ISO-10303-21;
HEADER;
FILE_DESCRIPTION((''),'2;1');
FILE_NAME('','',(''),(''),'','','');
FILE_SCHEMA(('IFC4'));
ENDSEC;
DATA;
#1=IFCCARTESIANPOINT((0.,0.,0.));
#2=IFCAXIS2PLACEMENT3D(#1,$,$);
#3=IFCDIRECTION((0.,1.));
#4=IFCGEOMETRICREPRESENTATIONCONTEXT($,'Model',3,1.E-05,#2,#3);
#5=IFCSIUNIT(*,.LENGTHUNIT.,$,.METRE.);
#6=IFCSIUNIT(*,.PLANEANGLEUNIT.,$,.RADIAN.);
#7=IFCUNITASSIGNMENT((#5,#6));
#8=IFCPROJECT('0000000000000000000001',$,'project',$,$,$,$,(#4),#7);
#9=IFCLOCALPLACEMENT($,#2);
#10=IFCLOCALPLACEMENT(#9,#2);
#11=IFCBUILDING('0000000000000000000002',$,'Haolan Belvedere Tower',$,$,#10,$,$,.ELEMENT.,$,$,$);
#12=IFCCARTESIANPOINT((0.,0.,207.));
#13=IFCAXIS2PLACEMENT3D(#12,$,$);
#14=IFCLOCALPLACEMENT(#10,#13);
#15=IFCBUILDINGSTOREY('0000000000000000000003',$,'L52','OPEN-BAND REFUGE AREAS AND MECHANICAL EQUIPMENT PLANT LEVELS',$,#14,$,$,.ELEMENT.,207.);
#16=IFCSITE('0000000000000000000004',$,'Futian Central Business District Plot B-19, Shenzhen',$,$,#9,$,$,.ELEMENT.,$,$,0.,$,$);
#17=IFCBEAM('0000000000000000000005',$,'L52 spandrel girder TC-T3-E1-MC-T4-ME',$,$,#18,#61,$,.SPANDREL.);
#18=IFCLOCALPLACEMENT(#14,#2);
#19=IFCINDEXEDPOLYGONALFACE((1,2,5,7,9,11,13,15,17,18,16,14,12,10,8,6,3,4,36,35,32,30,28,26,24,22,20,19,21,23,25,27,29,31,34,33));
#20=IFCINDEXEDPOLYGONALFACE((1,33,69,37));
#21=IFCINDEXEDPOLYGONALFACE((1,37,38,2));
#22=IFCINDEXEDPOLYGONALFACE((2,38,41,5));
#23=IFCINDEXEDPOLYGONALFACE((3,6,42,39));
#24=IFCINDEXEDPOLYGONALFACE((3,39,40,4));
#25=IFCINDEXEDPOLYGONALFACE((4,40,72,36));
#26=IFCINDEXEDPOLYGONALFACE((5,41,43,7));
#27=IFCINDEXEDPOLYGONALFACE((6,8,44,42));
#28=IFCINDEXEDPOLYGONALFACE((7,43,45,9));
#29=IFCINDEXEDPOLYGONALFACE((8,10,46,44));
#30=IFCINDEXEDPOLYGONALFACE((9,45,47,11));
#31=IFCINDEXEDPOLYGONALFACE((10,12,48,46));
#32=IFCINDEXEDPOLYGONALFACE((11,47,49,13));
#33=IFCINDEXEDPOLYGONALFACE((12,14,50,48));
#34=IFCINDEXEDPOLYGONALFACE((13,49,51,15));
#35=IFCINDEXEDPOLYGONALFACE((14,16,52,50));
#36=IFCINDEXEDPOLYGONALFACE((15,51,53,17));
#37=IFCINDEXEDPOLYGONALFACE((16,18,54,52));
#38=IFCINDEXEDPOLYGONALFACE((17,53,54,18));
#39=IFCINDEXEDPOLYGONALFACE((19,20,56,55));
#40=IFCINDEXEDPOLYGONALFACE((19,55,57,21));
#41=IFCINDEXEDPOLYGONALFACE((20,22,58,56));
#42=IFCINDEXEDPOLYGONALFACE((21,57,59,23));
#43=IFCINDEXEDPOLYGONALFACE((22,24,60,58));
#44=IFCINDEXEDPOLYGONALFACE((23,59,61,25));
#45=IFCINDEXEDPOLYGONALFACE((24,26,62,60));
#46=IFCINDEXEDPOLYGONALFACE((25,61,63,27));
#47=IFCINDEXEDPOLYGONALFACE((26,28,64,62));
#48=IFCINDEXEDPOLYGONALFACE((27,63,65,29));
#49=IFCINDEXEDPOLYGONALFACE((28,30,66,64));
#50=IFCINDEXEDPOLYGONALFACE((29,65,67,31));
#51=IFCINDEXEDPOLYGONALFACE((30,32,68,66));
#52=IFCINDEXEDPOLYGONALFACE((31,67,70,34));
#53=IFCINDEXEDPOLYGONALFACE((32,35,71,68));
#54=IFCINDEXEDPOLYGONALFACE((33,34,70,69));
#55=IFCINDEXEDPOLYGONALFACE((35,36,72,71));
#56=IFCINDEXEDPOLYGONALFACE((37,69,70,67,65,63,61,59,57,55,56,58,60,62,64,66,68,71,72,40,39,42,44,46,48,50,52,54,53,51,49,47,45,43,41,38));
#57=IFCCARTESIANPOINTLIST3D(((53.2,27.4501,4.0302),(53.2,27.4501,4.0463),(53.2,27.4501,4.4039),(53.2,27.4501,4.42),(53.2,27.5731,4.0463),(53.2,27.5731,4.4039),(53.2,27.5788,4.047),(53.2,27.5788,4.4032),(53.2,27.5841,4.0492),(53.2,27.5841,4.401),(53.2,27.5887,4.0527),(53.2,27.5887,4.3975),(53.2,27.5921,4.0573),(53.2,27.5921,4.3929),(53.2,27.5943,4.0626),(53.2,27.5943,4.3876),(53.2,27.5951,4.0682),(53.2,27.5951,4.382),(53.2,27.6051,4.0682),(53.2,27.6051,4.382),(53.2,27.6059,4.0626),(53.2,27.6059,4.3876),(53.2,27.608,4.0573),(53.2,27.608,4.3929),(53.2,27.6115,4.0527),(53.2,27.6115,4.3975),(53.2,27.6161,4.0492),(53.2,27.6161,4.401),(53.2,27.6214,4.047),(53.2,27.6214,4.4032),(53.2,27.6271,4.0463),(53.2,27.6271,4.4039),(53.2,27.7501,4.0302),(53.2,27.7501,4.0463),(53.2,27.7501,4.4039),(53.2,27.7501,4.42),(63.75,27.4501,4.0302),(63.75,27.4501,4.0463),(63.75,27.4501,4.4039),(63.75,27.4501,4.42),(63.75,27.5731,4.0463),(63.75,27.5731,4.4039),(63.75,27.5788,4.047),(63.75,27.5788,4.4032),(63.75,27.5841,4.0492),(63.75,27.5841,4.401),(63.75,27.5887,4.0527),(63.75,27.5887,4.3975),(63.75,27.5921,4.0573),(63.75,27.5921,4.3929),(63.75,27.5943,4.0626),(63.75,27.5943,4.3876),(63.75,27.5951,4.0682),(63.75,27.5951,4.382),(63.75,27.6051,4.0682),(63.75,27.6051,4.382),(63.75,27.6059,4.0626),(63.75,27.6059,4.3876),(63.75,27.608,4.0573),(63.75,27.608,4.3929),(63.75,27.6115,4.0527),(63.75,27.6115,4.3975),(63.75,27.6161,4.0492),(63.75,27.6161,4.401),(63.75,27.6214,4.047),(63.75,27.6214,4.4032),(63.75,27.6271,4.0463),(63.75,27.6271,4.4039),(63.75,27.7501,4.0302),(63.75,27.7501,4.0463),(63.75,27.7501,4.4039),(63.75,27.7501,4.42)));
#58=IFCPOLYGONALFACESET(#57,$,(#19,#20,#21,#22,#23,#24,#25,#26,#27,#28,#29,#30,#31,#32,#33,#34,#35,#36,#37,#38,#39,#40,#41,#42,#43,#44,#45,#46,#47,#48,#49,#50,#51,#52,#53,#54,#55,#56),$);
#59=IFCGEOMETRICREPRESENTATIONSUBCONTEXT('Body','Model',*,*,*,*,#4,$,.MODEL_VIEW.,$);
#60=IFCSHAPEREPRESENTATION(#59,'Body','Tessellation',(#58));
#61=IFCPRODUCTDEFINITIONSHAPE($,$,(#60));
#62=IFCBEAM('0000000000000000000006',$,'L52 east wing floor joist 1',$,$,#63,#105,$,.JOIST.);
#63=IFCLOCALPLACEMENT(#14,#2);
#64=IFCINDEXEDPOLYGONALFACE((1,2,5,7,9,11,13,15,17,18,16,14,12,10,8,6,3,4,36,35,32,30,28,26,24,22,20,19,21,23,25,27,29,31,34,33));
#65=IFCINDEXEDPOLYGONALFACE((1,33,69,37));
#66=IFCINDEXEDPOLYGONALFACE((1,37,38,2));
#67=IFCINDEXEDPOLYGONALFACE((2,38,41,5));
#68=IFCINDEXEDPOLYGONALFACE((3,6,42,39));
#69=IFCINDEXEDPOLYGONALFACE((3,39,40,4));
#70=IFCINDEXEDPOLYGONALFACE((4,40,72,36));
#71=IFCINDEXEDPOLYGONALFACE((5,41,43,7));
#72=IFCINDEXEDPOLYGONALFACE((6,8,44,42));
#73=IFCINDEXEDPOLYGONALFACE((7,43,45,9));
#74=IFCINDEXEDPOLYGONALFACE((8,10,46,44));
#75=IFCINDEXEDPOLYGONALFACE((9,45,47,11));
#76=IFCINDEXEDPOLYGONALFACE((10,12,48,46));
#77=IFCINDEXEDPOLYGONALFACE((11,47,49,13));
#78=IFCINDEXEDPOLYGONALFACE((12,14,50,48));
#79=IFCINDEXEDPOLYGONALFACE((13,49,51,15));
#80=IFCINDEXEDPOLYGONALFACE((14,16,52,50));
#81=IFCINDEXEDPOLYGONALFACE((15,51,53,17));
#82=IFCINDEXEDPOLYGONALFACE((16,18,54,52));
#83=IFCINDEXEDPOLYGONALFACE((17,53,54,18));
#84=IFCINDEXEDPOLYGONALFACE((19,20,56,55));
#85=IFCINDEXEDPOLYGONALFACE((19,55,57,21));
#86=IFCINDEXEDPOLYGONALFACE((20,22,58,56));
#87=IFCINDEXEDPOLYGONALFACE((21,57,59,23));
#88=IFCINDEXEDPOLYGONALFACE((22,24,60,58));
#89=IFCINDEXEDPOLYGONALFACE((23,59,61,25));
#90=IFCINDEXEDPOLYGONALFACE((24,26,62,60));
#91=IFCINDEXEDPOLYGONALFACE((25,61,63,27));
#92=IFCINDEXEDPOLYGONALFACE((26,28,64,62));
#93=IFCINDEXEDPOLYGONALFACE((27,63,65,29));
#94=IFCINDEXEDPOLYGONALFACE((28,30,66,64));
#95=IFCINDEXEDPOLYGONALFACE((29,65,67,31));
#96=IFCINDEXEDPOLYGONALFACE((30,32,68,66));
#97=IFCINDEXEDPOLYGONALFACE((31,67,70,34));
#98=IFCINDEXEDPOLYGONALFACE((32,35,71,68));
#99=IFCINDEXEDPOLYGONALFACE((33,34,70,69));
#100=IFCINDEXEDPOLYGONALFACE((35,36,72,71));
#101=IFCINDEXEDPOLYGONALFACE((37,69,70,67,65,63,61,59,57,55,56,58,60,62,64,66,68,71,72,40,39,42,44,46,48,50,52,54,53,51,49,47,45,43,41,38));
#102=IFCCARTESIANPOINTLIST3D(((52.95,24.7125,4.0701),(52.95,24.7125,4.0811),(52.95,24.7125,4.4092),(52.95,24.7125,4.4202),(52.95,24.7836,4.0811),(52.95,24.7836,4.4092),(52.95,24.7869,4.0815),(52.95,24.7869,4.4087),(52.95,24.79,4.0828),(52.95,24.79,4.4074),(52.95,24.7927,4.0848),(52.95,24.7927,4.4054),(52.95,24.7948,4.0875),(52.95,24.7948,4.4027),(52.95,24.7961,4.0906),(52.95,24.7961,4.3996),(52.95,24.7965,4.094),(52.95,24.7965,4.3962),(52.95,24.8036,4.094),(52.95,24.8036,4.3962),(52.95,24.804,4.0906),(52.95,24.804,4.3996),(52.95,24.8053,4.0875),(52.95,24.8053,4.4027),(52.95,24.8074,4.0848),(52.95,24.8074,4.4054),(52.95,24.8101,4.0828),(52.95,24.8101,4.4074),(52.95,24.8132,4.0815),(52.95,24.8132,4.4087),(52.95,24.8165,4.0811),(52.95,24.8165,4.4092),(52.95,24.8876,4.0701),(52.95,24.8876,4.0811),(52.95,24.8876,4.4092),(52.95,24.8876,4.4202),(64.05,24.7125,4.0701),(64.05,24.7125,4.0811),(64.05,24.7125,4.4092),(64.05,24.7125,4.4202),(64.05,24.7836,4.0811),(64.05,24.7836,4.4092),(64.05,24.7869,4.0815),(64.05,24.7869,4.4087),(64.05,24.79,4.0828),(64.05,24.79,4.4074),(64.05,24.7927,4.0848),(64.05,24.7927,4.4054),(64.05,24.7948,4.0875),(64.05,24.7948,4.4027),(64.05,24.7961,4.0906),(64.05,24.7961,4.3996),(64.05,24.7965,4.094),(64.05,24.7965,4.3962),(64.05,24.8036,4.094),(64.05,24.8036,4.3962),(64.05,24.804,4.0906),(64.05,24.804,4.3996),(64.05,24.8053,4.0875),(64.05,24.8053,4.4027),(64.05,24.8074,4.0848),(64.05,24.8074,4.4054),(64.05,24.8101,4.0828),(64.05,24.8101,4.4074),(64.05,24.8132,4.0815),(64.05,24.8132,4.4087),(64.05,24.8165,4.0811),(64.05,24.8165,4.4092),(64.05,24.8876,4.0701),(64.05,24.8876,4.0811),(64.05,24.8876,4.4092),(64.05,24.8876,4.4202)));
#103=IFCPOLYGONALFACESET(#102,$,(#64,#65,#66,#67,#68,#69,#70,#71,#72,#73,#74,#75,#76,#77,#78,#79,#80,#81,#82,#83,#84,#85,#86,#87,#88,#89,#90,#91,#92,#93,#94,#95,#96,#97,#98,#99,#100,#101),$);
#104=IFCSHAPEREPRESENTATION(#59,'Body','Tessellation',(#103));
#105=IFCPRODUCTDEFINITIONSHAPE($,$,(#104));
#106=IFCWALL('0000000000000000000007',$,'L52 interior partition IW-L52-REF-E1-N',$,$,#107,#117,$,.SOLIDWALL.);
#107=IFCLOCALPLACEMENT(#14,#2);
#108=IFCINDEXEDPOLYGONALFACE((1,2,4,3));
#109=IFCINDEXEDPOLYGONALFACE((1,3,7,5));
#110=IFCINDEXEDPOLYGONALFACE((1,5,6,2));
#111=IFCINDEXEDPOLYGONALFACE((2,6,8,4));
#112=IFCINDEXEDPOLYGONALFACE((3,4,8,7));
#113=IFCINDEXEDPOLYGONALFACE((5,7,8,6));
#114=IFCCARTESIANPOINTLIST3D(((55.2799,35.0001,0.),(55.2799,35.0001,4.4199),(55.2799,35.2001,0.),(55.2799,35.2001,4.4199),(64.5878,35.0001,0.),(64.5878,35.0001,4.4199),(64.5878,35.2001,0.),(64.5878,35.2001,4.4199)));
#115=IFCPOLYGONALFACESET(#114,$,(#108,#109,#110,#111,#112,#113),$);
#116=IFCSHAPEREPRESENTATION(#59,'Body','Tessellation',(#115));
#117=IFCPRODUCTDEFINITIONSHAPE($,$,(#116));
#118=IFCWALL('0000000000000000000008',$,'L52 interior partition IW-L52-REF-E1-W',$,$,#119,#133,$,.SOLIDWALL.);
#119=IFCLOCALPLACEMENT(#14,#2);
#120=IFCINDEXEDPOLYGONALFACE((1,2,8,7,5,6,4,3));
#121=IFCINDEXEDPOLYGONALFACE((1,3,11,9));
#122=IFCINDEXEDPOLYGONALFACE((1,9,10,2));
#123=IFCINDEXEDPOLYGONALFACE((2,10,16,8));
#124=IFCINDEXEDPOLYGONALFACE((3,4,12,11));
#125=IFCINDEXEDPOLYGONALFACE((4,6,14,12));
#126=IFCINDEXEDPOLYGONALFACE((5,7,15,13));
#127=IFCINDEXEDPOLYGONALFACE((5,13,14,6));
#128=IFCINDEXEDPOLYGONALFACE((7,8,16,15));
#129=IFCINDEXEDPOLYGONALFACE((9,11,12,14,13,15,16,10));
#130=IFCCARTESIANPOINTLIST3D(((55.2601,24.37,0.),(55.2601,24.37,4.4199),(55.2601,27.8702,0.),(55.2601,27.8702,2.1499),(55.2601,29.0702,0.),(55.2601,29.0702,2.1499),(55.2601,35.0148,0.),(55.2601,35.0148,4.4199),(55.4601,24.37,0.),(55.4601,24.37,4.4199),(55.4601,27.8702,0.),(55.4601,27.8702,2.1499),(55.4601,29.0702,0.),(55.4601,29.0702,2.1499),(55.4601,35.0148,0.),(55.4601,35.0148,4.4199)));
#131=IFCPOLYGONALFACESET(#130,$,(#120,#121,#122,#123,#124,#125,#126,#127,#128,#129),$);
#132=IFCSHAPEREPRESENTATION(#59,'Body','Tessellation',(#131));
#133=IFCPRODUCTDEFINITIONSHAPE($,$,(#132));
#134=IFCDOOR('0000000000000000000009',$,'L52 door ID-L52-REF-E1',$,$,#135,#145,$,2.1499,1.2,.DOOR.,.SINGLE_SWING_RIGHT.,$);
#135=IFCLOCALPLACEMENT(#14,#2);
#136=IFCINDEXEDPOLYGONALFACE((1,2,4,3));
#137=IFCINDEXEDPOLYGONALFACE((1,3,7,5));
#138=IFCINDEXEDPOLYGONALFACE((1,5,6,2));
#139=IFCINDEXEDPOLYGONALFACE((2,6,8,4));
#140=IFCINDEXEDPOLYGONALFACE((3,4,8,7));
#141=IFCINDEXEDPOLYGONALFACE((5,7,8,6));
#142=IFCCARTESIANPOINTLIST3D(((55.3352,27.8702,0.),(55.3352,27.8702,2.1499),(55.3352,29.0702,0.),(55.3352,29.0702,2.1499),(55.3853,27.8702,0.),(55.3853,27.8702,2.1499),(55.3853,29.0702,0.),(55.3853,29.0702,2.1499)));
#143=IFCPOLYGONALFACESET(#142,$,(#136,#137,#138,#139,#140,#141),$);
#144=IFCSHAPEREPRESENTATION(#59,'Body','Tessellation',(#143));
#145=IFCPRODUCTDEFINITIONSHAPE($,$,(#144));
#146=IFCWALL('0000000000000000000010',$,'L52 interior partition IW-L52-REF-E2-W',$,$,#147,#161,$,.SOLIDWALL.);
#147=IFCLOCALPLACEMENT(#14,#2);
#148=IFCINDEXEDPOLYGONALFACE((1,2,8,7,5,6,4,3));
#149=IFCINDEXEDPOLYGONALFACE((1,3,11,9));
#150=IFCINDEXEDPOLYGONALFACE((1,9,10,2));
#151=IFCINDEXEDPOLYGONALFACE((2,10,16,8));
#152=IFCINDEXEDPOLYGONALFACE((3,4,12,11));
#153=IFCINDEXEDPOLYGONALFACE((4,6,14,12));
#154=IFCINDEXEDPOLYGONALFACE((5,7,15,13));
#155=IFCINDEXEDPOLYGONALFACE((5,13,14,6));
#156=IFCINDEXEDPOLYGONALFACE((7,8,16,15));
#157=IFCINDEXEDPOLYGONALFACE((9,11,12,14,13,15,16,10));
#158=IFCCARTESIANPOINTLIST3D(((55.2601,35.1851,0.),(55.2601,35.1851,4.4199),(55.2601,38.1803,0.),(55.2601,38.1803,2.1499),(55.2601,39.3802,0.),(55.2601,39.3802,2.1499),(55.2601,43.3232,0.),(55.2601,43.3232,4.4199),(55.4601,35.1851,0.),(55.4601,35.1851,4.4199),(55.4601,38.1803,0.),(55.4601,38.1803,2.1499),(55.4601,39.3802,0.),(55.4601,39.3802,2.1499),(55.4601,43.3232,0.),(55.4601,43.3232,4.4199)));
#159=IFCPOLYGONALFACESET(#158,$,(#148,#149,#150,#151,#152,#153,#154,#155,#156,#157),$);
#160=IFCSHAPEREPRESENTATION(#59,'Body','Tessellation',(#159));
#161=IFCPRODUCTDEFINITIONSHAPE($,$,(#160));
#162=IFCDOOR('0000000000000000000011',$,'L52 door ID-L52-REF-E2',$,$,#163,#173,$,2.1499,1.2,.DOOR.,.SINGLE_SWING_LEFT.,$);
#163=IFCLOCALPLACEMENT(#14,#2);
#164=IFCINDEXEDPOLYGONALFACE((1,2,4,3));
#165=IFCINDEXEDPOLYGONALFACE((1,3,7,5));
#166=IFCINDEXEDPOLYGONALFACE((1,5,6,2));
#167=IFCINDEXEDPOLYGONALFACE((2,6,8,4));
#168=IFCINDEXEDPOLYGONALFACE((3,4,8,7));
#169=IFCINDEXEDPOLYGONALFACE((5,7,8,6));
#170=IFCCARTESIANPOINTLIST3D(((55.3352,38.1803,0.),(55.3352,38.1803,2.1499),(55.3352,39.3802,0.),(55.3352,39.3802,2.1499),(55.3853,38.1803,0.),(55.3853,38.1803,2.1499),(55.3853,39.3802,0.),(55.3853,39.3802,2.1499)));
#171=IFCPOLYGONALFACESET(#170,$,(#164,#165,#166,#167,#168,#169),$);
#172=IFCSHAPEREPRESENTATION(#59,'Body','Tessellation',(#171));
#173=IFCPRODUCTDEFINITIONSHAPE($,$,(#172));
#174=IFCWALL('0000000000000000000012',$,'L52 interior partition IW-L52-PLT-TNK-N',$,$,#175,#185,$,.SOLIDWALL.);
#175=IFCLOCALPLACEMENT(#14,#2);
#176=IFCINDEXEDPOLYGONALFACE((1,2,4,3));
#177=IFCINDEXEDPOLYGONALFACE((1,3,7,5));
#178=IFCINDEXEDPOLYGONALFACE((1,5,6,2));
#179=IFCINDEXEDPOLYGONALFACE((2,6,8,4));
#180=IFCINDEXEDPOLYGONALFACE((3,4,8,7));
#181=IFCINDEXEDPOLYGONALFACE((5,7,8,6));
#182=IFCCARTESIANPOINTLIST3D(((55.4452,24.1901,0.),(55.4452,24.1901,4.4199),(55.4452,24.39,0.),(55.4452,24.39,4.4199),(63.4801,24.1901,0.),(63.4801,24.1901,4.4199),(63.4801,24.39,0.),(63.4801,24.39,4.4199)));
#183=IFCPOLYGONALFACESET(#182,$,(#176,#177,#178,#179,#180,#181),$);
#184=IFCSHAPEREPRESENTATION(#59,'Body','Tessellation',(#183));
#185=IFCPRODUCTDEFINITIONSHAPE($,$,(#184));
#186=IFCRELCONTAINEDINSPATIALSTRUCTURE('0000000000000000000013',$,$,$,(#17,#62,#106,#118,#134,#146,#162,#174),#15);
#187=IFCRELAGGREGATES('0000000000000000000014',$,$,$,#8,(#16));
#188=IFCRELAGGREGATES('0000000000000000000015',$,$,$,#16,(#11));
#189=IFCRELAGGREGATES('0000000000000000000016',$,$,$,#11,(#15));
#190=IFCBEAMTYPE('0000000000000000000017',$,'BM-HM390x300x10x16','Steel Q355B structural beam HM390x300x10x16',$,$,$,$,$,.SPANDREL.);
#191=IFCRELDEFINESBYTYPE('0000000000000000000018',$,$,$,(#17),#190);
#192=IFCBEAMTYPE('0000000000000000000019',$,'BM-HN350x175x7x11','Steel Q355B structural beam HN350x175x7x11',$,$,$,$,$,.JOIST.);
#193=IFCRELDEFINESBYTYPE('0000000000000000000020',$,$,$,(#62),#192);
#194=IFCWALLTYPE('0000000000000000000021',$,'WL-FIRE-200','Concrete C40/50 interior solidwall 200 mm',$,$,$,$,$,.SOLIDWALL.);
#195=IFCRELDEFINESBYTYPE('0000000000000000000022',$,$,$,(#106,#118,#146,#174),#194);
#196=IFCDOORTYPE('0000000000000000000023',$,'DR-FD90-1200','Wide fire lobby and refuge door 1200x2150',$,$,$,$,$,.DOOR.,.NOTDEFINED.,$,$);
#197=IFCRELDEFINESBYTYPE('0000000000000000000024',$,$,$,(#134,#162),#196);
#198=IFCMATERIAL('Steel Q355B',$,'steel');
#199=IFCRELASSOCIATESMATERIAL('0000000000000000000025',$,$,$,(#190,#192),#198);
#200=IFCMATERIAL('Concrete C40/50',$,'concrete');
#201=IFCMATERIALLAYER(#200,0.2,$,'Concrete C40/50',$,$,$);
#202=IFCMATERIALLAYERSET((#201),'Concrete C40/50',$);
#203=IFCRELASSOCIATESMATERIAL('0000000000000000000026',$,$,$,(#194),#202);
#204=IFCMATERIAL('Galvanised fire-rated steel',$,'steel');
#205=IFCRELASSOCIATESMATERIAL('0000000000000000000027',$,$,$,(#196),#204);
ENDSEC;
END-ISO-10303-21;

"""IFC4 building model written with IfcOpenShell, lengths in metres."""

from ifc_helpers import new_model, si_unit, direction, frame, frame_2d, origin, origin_2d, place, context, subcontext, project, spatial, rectangle, i_section, extrude, material, layer, layer_set, material_profile, profile_set, type_object, element, fill, save


model = new_model("IFC4")

# Units and contexts
model_context = context("Model", 3, precision=1e-05, world=origin(), true_north=direction((0.0, 1.0)))
body_context = subcontext(model_context, "Body", "Model", "MODEL_VIEW")
ifc_project = project(units=[si_unit("LENGTHUNIT", "METRE"), si_unit("PLANEANGLEUNIT", "RADIAN")], contexts=[model_context])

# Site, building, storey
site_placement = place(None, origin())
site = spatial("IfcSite", under=ifc_project, at=site_placement, Name="Futian Central Business District Plot B-19, Shenzhen", CompositionType="ELEMENT", RefElevation=0.0)
building_placement = place(site_placement, origin())
building = spatial("IfcBuilding", under=site, at=building_placement, Name="Haolan Belvedere Tower", CompositionType="ELEMENT")
storey_placement = place(building_placement, frame((0.0, 0.0, 207.0)))
storey = spatial("IfcBuildingStorey", under=building, at=storey_placement, Name="L52", Description="OPEN-BAND REFUGE AREAS AND MECHANICAL EQUIPMENT PLANT LEVELS", CompositionType="ELEMENT", Elevation=207.0)

# Beams
ifc_material_1 = material(Name="Steel Q355B", Category="steel")
ifc_material_profile_1 = material_profile(ifc_material_1, i_section(OverallWidth=0.3, OverallDepth=0.3899, WebThickness=0.01, FlangeThickness=0.0161, FilletRadius=0.022, at=origin_2d()), Name="Steel Q355B")
ifc_profile_set_1 = profile_set([ifc_material_profile_1], Name="Steel Q355B")
beam_type_1 = type_object("IfcBeamType", Name="BM-HM390x300x10x16", Description="Steel Q355B structural beam HM390x300x10x16", PredefinedType="SPANDREL", material=ifc_profile_set_1)
beam_1_placement = place(storey_placement, frame((53.2, 27.6001, 4.2251), z_axis=(1.0, 0.0, 0.0), x_axis=(0.0, 1.0, 0.0)))
element("IfcBeam", 1, at=beam_1_placement, inside=storey, type_object=beam_type_1, Name="L52 spandrel girder TC-T3-E1-MC-T4-ME", PredefinedType="SPANDREL", context=body_context, shape_type="SweptSolid", body=[
    extrude(i_section(OverallWidth=0.3, OverallDepth=0.3899, WebThickness=0.01, FlangeThickness=0.0161, FilletRadius=0.022, at=origin_2d()), origin(), (0.0, 0.0, 1.0), 10.55),
])
ifc_material_profile_2 = material_profile(ifc_material_1, i_section(OverallWidth=0.175, OverallDepth=0.3501, WebThickness=0.0071, FlangeThickness=0.011, FilletRadius=0.0129, at=origin_2d()), Name="Steel Q355B")
ifc_profile_set_2 = profile_set([ifc_material_profile_2], Name="Steel Q355B")
beam_type_2 = type_object("IfcBeamType", Name="BM-HN350x175x7x11", Description="Steel Q355B structural beam HN350x175x7x11", PredefinedType="JOIST", material=ifc_profile_set_2)
beam_2_placement = place(storey_placement, frame((52.95, 24.8, 4.2451), z_axis=(1.0, 0.0, 0.0), x_axis=(0.0, 1.0, 0.0)))
element("IfcBeam", 2, at=beam_2_placement, inside=storey, type_object=beam_type_2, Name="L52 east wing floor joist 1", PredefinedType="JOIST", context=body_context, shape_type="SweptSolid", body=[
    extrude(i_section(OverallWidth=0.175, OverallDepth=0.3501, WebThickness=0.0071, FlangeThickness=0.011, FilletRadius=0.0129, at=origin_2d()), origin(), (0.0, 0.0, 1.0), 11.1001),
])

# Wall
ifc_material_2 = material(Name="Concrete C40/50", Category="concrete")
ifc_layer_1 = layer(ifc_material_2, 0.2, Name="Concrete C40/50")
ifc_layer_set_1 = layer_set([ifc_layer_1], Name="Concrete C40/50")
wall_type_1 = type_object("IfcWallType", Name="WL-FIRE-200", Description="Concrete C40/50 interior solidwall 200 mm", PredefinedType="SOLIDWALL", material=ifc_layer_set_1)
wall_1_placement = place(storey_placement, frame((55.28, 35.1001, 0.0), z_axis=(0.0, 0.0, 1.0), x_axis=(1.0, 0.0, 0.0)))
element("IfcWall", 3, at=wall_1_placement, inside=storey, type_object=wall_type_1, Name="L52 interior partition IW-L52-REF-E1-N", PredefinedType="SOLIDWALL", context=body_context, shape_type="SweptSolid", body=[
    extrude(rectangle(XDim=9.3079, YDim=0.2, at=frame_2d((4.6538, 0.0))), origin(), (0.0, 0.0, 1.0), 4.4199),
])

# Walls, openings, doors
wall_2_placement = place(storey_placement, frame((55.3601, 24.3701, 0.0), z_axis=(0.0, 0.0, 1.0), x_axis=(0.0, 1.0, 0.0)))
wall_2 = element("IfcWall", 4, at=wall_2_placement, inside=storey, type_object=wall_type_1, Name="L52 interior partition IW-L52-REF-E1-W", PredefinedType="SOLIDWALL", context=body_context, shape_type="SweptSolid", body=[
    extrude(rectangle(XDim=10.6448, YDim=0.2, at=frame_2d((5.3223, 0.0))), origin(), (0.0, 0.0, 1.0), 4.4199),
])
opening_1_placement = place(wall_2_placement, frame((3.5, 0.0, 0.0)))
opening_1 = element("IfcOpeningElement", 5, at=opening_1_placement, cuts=wall_2, PredefinedType="OPENING", context=body_context, shape_type="SweptSolid", body=[
    extrude(rectangle(XDim=1.2, YDim=2.1499, at=frame_2d((0.6001, 1.075))), frame((0.0, 0.1099, 0.0), z_axis=(0.0, -1.0, 0.0), x_axis=(1.0, 0.0, 0.0)), (0.0, 0.0, 1.0), 0.22),
])
ifc_material_3 = material(Name="Galvanised fire-rated steel", Category="steel")
door_type_1 = type_object("IfcDoorType", Name="DR-FD90-1200", Description="Wide fire lobby and refuge door 1200x2150", OperationType="NOTDEFINED", PredefinedType="DOOR", material=ifc_material_3)
door_1_placement = place(opening_1_placement, origin())
door_1 = element("IfcDoor", 6, at=door_1_placement, inside=storey, type_object=door_type_1, Name="L52 door ID-L52-REF-E1", OperationType="SINGLE_SWING_RIGHT", OverallHeight=2.1499, OverallWidth=1.2, PredefinedType="DOOR", context=body_context, shape_type="SweptSolid", body=[
    extrude(rectangle(XDim=1.2, YDim=2.1499, at=frame_2d((0.6001, 1.075))), frame((0.0, 0.0249, 0.0), z_axis=(0.0, -1.0, 0.0), x_axis=(1.0, 0.0, 0.0)), (0.0, 0.0, 1.0), 0.05),
])
fill(opening_1, door_1)
wall_3_placement = place(storey_placement, frame((55.3601, 35.1851, 0.0), z_axis=(0.0, 0.0, 1.0), x_axis=(0.0, 1.0, 0.0)))
wall_3 = element("IfcWall", 7, at=wall_3_placement, inside=storey, type_object=wall_type_1, Name="L52 interior partition IW-L52-REF-E2-W", PredefinedType="SOLIDWALL", context=body_context, shape_type="SweptSolid", body=[
    extrude(rectangle(XDim=8.1382, YDim=0.2, at=frame_2d((4.0691, 0.0))), origin(), (0.0, 0.0, 1.0), 4.4199),
])
opening_2_placement = place(wall_3_placement, frame((2.9951, 0.0, 0.0)))
opening_2 = element("IfcOpeningElement", 8, at=opening_2_placement, cuts=wall_3, PredefinedType="OPENING", context=body_context, shape_type="SweptSolid", body=[
    extrude(rectangle(XDim=1.2, YDim=2.1499, at=frame_2d((0.6001, 1.075))), frame((0.0, 0.1099, 0.0), z_axis=(0.0, -1.0, 0.0), x_axis=(1.0, 0.0, 0.0)), (0.0, 0.0, 1.0), 0.22),
])
door_2_placement = place(opening_2_placement, origin())
door_2 = element("IfcDoor", 9, at=door_2_placement, inside=storey, type_object=door_type_1, Name="L52 door ID-L52-REF-E2", OperationType="SINGLE_SWING_LEFT", OverallHeight=2.1499, OverallWidth=1.2, PredefinedType="DOOR", context=body_context, shape_type="SweptSolid", body=[
    extrude(rectangle(XDim=1.2, YDim=2.1499, at=frame_2d((0.6001, 1.075))), frame((0.0, 0.0249, 0.0), z_axis=(0.0, -1.0, 0.0), x_axis=(1.0, 0.0, 0.0)), (0.0, 0.0, 1.0), 0.05),
])
fill(opening_2, door_2)

# Wall
wall_4_placement = place(storey_placement, frame((55.4451, 24.29, 0.0), z_axis=(0.0, 0.0, 1.0), x_axis=(1.0, 0.0, 0.0)))
element("IfcWall", 10, at=wall_4_placement, inside=storey, type_object=wall_type_1, Name="L52 interior partition IW-L52-PLT-TNK-N", PredefinedType="SOLIDWALL", context=body_context, shape_type="SweptSolid", body=[
    extrude(rectangle(XDim=8.0349, YDim=0.2, at=frame_2d((4.0176, 0.0))), origin(), (0.0, 0.0, 1.0), 4.4199),
])

save(model, "model.ifc")
